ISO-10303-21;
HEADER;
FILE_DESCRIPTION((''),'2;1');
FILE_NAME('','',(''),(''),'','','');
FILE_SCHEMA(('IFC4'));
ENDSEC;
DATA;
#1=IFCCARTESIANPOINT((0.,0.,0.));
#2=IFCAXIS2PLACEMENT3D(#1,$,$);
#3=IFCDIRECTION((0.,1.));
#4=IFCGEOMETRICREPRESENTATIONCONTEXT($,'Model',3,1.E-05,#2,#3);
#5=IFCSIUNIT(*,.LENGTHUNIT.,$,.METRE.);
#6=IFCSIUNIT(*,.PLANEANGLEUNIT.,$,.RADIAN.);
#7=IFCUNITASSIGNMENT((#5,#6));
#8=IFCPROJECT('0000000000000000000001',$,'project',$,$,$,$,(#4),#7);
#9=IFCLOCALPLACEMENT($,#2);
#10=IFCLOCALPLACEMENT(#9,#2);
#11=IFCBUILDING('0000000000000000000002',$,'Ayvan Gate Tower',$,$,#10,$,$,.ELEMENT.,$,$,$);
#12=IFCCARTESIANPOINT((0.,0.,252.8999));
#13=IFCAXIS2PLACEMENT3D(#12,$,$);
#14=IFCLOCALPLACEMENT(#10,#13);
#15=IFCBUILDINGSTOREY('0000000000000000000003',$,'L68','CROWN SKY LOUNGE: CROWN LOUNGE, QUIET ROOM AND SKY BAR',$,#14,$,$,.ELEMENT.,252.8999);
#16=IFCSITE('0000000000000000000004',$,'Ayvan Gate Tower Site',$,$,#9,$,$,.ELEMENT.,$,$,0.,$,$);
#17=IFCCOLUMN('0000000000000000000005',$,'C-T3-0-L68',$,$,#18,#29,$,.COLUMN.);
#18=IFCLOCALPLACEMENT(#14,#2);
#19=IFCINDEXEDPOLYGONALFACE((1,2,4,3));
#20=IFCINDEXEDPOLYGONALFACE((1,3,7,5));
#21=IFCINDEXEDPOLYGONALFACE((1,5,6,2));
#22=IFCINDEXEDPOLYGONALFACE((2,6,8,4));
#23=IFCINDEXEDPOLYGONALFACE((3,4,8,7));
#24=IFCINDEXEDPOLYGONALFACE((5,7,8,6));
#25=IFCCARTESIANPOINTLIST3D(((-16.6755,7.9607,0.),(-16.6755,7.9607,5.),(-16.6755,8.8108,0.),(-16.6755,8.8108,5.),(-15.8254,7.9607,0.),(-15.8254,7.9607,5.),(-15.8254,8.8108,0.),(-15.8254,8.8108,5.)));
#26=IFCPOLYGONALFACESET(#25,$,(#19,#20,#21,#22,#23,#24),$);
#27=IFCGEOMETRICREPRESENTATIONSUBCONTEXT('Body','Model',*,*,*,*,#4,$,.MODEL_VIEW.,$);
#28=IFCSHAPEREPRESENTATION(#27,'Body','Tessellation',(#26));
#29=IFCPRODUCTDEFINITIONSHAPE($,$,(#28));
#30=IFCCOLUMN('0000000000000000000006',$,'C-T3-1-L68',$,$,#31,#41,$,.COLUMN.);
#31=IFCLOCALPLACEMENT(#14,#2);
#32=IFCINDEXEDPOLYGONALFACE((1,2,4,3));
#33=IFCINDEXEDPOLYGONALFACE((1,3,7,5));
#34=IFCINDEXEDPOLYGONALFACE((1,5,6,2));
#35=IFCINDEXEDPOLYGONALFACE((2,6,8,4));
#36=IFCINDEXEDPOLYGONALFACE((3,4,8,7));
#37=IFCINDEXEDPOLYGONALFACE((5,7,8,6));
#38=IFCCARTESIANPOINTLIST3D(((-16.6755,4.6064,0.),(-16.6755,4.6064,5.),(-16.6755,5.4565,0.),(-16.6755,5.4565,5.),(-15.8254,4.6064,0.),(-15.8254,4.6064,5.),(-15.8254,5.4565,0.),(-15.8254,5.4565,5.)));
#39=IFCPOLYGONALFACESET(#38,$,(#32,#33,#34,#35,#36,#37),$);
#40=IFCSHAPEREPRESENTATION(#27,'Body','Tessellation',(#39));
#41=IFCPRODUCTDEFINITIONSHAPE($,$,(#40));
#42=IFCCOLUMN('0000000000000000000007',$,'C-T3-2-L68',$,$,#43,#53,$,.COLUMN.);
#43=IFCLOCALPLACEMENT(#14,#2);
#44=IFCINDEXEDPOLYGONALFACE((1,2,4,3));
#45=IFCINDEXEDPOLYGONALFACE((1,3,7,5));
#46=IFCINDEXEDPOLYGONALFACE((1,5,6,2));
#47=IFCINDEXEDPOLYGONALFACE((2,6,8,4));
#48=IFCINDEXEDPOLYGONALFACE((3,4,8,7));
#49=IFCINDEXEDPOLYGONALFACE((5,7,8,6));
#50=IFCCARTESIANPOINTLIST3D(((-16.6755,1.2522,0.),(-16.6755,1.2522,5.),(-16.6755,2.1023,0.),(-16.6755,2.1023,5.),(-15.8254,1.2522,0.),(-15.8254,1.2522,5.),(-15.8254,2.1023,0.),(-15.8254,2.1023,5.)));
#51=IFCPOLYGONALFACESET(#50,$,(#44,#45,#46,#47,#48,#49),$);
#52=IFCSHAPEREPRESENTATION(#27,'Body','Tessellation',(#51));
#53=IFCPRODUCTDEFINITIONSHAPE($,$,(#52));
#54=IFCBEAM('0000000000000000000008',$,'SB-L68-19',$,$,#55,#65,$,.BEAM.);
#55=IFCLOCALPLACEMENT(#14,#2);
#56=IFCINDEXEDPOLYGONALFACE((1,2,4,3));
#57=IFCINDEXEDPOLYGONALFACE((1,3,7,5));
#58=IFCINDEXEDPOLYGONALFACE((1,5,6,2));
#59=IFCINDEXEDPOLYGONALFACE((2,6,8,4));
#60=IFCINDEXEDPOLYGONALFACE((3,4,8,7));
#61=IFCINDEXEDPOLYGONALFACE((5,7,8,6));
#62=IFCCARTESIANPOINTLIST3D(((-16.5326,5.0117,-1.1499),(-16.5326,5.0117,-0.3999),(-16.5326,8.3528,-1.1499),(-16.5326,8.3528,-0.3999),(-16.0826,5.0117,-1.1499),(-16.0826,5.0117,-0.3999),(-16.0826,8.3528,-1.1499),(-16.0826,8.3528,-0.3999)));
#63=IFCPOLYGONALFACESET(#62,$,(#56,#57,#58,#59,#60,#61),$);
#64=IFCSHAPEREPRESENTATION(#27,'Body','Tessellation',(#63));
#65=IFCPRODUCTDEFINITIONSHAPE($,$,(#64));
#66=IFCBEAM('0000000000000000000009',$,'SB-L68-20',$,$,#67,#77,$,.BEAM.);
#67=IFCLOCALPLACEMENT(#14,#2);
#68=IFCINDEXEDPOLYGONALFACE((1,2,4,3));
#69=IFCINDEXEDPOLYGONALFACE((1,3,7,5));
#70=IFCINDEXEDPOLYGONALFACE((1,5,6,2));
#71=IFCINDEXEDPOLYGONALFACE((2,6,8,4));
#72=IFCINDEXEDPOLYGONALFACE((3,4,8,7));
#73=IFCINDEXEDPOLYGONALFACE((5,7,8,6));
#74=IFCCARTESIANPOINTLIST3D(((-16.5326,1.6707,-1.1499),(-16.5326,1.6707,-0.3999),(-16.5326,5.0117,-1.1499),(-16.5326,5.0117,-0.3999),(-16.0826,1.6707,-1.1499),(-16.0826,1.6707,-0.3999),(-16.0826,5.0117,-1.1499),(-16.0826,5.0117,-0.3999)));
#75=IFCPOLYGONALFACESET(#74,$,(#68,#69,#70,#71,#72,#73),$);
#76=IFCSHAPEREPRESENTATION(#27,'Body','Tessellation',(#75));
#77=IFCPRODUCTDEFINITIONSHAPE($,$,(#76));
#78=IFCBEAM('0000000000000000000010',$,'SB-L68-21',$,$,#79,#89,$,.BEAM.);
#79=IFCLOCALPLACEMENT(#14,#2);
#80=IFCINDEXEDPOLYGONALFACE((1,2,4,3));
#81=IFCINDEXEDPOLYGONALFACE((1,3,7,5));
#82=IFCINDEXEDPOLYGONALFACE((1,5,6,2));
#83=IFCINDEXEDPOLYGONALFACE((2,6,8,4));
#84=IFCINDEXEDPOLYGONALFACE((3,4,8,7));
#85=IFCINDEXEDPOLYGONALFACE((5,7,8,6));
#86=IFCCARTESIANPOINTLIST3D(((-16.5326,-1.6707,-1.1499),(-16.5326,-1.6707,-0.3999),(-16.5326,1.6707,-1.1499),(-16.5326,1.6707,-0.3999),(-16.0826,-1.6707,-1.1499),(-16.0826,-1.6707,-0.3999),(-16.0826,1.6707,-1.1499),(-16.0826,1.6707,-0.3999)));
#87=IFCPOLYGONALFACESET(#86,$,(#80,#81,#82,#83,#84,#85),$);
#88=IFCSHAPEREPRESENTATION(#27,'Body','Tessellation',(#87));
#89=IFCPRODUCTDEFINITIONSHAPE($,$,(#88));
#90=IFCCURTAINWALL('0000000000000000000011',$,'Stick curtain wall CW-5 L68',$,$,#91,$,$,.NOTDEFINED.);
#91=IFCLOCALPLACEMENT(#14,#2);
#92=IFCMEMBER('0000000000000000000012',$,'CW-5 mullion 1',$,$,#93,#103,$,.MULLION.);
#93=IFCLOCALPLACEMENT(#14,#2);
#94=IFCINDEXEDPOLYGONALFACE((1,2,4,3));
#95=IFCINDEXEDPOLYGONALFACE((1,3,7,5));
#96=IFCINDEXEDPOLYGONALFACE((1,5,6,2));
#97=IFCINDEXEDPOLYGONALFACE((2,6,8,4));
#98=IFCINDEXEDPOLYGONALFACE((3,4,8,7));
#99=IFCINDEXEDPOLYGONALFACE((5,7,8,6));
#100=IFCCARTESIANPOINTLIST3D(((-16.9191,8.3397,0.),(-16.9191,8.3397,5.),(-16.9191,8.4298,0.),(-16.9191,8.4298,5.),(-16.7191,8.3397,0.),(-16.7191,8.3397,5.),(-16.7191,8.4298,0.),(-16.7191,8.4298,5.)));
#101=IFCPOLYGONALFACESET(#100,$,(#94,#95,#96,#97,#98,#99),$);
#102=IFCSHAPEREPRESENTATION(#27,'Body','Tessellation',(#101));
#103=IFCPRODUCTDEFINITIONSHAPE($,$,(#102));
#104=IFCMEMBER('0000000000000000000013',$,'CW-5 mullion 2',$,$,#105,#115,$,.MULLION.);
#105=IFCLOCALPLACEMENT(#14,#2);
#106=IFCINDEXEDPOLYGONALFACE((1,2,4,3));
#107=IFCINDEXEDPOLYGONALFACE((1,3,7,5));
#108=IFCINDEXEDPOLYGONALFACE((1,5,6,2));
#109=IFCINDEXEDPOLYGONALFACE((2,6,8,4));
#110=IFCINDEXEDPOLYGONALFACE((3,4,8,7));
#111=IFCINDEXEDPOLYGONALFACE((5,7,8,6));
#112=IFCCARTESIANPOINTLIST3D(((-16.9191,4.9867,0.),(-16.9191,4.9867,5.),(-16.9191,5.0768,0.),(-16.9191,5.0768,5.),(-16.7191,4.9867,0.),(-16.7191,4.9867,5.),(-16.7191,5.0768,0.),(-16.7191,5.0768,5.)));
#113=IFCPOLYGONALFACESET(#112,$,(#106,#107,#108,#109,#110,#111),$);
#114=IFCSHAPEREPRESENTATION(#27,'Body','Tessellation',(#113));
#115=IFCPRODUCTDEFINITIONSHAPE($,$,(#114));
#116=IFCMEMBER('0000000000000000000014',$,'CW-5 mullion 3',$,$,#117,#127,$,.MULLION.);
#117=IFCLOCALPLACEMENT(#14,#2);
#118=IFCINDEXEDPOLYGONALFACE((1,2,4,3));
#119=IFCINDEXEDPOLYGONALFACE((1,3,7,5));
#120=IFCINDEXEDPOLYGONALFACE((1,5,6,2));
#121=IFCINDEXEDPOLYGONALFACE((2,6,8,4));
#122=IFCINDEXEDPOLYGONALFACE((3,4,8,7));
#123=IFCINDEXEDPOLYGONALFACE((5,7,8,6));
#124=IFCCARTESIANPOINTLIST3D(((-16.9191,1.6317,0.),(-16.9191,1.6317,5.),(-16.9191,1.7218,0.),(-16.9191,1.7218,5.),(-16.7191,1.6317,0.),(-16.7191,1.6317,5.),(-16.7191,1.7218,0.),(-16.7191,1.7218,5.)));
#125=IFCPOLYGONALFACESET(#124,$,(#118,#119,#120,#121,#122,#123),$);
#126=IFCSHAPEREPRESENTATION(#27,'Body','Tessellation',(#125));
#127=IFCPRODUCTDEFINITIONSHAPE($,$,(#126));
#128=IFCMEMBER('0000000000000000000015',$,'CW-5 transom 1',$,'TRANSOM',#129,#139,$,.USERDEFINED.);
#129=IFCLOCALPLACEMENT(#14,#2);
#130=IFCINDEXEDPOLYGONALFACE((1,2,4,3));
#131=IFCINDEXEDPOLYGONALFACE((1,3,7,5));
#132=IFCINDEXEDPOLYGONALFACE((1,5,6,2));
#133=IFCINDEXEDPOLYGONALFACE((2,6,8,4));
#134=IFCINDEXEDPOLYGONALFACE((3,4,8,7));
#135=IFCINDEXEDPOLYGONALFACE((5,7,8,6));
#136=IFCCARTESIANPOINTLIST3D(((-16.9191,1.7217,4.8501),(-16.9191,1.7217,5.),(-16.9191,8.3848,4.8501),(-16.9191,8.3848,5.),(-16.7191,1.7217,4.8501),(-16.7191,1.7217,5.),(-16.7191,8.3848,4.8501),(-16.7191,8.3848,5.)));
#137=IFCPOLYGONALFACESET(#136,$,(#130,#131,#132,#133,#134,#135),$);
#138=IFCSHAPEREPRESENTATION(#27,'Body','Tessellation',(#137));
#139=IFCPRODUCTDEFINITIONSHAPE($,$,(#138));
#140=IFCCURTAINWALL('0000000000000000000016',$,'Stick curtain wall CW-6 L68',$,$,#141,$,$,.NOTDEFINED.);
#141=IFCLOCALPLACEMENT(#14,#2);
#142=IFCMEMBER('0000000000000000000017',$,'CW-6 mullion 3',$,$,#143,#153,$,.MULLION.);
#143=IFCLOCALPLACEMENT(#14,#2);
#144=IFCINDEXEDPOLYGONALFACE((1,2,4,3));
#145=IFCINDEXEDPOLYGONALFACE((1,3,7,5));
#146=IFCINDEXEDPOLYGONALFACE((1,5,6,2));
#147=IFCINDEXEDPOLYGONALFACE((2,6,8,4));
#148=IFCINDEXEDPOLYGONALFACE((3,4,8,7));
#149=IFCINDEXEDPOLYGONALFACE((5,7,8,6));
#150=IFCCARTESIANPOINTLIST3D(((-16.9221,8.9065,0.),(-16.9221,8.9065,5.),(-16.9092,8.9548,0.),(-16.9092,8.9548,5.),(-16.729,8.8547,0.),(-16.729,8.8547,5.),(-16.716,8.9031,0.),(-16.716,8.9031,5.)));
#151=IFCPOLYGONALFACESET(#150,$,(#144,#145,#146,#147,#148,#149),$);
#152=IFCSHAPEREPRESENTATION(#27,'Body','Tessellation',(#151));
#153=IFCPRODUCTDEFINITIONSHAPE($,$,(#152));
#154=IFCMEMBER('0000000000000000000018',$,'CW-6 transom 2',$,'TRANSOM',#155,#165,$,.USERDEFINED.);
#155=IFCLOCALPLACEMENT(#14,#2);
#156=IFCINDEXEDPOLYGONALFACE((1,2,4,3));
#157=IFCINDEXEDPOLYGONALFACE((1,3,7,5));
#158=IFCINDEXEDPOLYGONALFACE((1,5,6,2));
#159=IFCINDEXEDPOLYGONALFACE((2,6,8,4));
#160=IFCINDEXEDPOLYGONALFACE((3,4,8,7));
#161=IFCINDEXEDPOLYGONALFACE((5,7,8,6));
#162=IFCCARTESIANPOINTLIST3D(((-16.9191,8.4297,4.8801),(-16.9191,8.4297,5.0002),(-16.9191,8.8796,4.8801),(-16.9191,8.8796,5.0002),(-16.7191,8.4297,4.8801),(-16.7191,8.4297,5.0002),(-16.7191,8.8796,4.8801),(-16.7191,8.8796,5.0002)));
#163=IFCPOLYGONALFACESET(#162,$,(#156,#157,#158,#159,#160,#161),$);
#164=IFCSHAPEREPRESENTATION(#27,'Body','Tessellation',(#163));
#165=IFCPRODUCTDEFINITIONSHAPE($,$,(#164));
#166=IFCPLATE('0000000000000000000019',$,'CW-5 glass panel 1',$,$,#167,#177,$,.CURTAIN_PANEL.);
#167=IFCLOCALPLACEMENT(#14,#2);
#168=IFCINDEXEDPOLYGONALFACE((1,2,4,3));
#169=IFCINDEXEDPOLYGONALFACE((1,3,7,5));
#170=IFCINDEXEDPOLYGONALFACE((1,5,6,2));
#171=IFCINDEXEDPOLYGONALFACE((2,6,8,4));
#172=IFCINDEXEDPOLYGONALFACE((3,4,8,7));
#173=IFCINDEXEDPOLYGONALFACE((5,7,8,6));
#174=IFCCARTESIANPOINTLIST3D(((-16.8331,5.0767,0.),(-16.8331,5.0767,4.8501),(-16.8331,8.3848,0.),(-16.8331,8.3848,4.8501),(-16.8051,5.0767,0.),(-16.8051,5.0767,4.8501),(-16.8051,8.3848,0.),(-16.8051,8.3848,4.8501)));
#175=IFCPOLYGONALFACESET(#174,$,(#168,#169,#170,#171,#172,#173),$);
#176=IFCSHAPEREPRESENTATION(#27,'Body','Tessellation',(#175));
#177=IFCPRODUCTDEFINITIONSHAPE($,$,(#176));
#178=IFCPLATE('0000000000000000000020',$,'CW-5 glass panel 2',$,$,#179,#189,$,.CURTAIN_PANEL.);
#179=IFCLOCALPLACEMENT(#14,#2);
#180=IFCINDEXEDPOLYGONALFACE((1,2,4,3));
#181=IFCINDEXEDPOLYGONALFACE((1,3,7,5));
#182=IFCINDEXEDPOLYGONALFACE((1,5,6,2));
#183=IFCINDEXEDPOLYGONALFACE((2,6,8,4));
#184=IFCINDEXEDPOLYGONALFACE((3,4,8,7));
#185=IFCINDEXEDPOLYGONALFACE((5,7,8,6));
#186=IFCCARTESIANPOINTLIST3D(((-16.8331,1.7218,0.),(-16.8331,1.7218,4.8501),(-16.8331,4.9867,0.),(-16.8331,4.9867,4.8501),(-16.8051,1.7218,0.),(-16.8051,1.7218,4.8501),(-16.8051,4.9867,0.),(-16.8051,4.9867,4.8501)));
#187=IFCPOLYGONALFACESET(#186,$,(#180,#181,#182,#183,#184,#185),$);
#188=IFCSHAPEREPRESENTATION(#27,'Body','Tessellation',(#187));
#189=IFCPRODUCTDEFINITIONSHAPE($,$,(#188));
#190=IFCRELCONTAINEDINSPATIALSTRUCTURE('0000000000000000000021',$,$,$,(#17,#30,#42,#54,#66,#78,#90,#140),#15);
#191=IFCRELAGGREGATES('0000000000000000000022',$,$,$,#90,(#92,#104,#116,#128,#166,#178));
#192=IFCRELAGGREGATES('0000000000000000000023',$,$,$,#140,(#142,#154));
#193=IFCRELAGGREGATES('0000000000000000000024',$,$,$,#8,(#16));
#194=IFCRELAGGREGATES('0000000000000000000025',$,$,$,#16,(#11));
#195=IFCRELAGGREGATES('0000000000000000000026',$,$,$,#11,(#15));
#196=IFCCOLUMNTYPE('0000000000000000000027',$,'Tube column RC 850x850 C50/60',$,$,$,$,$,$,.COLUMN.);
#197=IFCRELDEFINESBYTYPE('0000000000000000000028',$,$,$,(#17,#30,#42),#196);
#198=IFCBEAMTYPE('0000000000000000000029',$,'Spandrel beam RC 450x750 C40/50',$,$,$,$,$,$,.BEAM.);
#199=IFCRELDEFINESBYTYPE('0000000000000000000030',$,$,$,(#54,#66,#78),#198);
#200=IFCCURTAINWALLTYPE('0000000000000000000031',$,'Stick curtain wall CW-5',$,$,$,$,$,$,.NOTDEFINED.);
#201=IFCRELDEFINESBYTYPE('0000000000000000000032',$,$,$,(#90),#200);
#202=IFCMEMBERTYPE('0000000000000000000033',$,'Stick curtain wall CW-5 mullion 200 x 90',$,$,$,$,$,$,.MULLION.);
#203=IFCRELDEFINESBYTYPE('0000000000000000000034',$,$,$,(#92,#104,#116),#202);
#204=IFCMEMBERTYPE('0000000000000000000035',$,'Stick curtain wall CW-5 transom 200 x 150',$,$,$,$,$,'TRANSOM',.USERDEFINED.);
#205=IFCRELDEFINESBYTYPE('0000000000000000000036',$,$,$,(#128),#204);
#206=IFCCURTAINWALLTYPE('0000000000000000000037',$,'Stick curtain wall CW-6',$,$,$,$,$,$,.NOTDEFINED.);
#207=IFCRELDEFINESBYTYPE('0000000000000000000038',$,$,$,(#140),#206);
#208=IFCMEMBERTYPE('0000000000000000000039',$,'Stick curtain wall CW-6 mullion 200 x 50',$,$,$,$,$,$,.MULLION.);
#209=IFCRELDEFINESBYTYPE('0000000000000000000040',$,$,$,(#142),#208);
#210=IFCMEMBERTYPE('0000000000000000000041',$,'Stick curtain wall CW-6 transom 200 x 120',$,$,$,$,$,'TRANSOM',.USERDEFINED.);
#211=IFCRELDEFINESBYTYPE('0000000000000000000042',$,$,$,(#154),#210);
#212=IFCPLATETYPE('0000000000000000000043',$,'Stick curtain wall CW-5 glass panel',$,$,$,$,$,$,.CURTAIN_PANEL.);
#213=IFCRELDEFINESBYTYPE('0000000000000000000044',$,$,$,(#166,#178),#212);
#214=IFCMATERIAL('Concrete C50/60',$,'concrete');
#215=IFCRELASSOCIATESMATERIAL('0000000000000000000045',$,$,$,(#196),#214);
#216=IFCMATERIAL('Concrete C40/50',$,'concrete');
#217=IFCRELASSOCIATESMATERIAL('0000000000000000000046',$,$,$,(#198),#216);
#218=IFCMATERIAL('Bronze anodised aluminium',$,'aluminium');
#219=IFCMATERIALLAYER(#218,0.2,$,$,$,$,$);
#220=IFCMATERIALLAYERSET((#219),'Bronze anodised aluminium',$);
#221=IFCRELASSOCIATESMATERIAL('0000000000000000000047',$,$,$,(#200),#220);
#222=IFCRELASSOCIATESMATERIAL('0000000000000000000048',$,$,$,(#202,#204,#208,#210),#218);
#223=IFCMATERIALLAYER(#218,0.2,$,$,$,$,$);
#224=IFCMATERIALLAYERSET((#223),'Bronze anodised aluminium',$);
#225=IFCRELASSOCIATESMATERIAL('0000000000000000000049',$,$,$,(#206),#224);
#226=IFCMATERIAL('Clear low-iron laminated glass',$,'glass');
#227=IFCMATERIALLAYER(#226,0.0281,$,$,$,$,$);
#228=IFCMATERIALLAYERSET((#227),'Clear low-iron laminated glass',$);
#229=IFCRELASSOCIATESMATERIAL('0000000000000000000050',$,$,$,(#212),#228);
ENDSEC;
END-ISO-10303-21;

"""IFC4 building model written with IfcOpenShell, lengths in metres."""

from ifc_helpers import new_model, si_unit, direction, frame, origin, origin_2d, place, context, subcontext, project, spatial, rectangle, extrude, material, layer, layer_set, material_profile, profile_set, type_object, element, aggregate, save


model = new_model("IFC4")

# Units and contexts
model_context = context("Model", 3, precision=1e-05, world=origin(), true_north=direction((0.0, 1.0)))
body_context = subcontext(model_context, "Body", "Model", "MODEL_VIEW")
ifc_project = project(units=[si_unit("LENGTHUNIT", "METRE"), si_unit("PLANEANGLEUNIT", "RADIAN")], contexts=[model_context])

# Site, building, storey
site_placement = place(None, origin())
site = spatial("IfcSite", under=ifc_project, at=site_placement, Name="Ayvan Gate Tower Site", CompositionType="ELEMENT", RefElevation=0.0)
building_placement = place(site_placement, origin())
building = spatial("IfcBuilding", under=site, at=building_placement, Name="Ayvan Gate Tower", CompositionType="ELEMENT")
storey_placement = place(building_placement, frame((0.0, 0.0, 252.8999)))
storey = spatial("IfcBuildingStorey", under=building, at=storey_placement, Name="L68", Description="CROWN SKY LOUNGE: CROWN LOUNGE, QUIET ROOM AND SKY BAR", CompositionType="ELEMENT", Elevation=252.8999)

# Columns
ifc_material_1 = material(Name="Concrete C50/60", Category="concrete")
ifc_material_profile_1 = material_profile(ifc_material_1, rectangle(XDim=0.8501, YDim=0.8501, at=origin_2d()), Name="RC 850x850")
ifc_profile_set_1 = profile_set([ifc_material_profile_1], Name="Concrete C50/60")
column_type = type_object("IfcColumnType", Name="Tube column RC 850x850 C50/60", PredefinedType="COLUMN", material=ifc_profile_set_1)
for number, where, z_axis, x_axis, name in (
    (1, (-16.2505, 8.3857, 0.0), (0.0, 0.0, 1.0), (-1.0, 0.0, 0.0), "C-T3-0-L68"),
    (2, (-16.2505, 5.0315, 0.0), (0.0, 0.0, 1.0), (-1.0, 0.0, 0.0), "C-T3-1-L68"),
    (3, (-16.2505, 1.6772, 0.0), (0.0, 0.0, 1.0), (-1.0, 0.0, 0.0), "C-T3-2-L68"),
):
    element("IfcColumn", number, at=place(storey_placement, frame(where, z_axis=z_axis, x_axis=x_axis)), inside=storey, type_object=column_type, Name=name, PredefinedType="COLUMN", context=body_context, shape_type="SweptSolid", body=[
        extrude(rectangle(XDim=0.8501, YDim=0.8501, at=origin_2d()), origin(), (0.0, 0.0, 1.0), 5.0),
    ])

# Beams
ifc_material_2 = material(Name="Concrete C40/50", Category="concrete")
ifc_material_profile_2 = material_profile(ifc_material_2, rectangle(XDim=0.45, YDim=0.75, at=origin_2d()), Name="RC 450x750")
ifc_profile_set_2 = profile_set([ifc_material_profile_2], Name="Concrete C40/50")
beam_type = type_object("IfcBeamType", Name="Spandrel beam RC 450x750 C40/50", PredefinedType="BEAM", material=ifc_profile_set_2)
for number, where, z_axis, x_axis, name in (
    (4, (-16.3076, 8.3528, -0.7749), (0.0, -1.0, 0.0), (1.0, 0.0, 0.0), "SB-L68-19"),
    (5, (-16.3076, 5.0117, -0.7749), (0.0, -1.0, 0.0), (1.0, 0.0, 0.0), "SB-L68-20"),
):
    element("IfcBeam", number, at=place(storey_placement, frame(where, z_axis=z_axis, x_axis=x_axis)), inside=storey, type_object=beam_type, Name=name, PredefinedType="BEAM", context=body_context, shape_type="SweptSolid", body=[
        extrude(rectangle(XDim=0.45, YDim=0.75, at=origin_2d()), origin(), (0.0, 0.0, 1.0), 3.3411),
    ])
beam_placement = place(storey_placement, frame((-16.3076, 1.6707, -0.7749), z_axis=(0.0, -1.0, 0.0), x_axis=(1.0, 0.0, 0.0)))
element("IfcBeam", 6, at=beam_placement, inside=storey, type_object=beam_type, Name="SB-L68-21", PredefinedType="BEAM", context=body_context, shape_type="SweptSolid", body=[
    extrude(rectangle(XDim=0.45, YDim=0.75, at=origin_2d()), origin(), (0.0, 0.0, 1.0), 3.3413),
])

# Curtain walls, members
ifc_material_3 = material(Name="Bronze anodised aluminium", Category="aluminium")
ifc_layer_1 = layer(ifc_material_3, 0.2)
ifc_layer_set_1 = layer_set([ifc_layer_1], Name="Bronze anodised aluminium")
curtain_wall_type_1 = type_object("IfcCurtainWallType", Name="Stick curtain wall CW-5", PredefinedType="NOTDEFINED", material=ifc_layer_set_1)
curtain_wall_1_placement = place(storey_placement, origin())
curtain_wall_1 = element("IfcCurtainWall", 7, at=curtain_wall_1_placement, inside=storey, type_object=curtain_wall_type_1, Name="Stick curtain wall CW-5 L68", PredefinedType="NOTDEFINED")
ifc_material_profile_3 = material_profile(ifc_material_3, rectangle(XDim=0.2, YDim=0.0901, at=origin_2d()), Name="Stick curtain wall CW-5 mullion 200 x 90")
ifc_profile_set_3 = profile_set([ifc_material_profile_3], Name="Bronze anodised aluminium")
member_type_1 = type_object("IfcMemberType", Name="Stick curtain wall CW-5 mullion 200 x 90", PredefinedType="MULLION", material=ifc_profile_set_3)
member_1_placement = place(storey_placement, frame((-16.8191, 8.3848, 0.0), z_axis=(0.0, 0.0, 1.0), x_axis=(-1.0, 0.0, 0.0)))
member_1 = element("IfcMember", 8, at=member_1_placement, type_object=member_type_1, Name="CW-5 mullion 1", PredefinedType="MULLION", context=body_context, shape_type="SweptSolid", body=[
    extrude(rectangle(XDim=0.2, YDim=0.0901, at=origin_2d()), origin(), (0.0, 0.0, 1.0), 5.0),
])
member_2_placement = place(storey_placement, frame((-16.8191, 5.0317, 0.0), z_axis=(0.0, 0.0, 1.0), x_axis=(-1.0, 0.0, 0.0)))
member_2 = element("IfcMember", 9, at=member_2_placement, type_object=member_type_1, Name="CW-5 mullion 2", PredefinedType="MULLION", context=body_context, shape_type="SweptSolid", body=[
    extrude(rectangle(XDim=0.2, YDim=0.0901, at=origin_2d()), origin(), (0.0, 0.0, 1.0), 5.0),
])
member_3_placement = place(storey_placement, frame((-16.8191, 1.6768, 0.0), z_axis=(0.0, 0.0, 1.0), x_axis=(-1.0, 0.0, 0.0)))
member_3 = element("IfcMember", 10, at=member_3_placement, type_object=member_type_1, Name="CW-5 mullion 3", PredefinedType="MULLION", context=body_context, shape_type="SweptSolid", body=[
    extrude(rectangle(XDim=0.2, YDim=0.0901, at=origin_2d()), origin(), (0.0, 0.0, 1.0), 5.0),
])
ifc_material_profile_4 = material_profile(ifc_material_3, rectangle(XDim=0.2, YDim=0.1499, at=origin_2d()), Name="Stick curtain wall CW-5 transom 200 x 150")
ifc_profile_set_4 = profile_set([ifc_material_profile_4], Name="Bronze anodised aluminium")
member_type_2 = type_object("IfcMemberType", Name="Stick curtain wall CW-5 transom 200 x 150", ElementType="TRANSOM", PredefinedType="USERDEFINED", material=ifc_profile_set_4)
member_4_placement = place(storey_placement, frame((-16.8191, 8.3848, 4.925), z_axis=(0.0, -1.0, 0.0), x_axis=(1.0, 0.0, 0.0)))
member_4 = element("IfcMember", 11, at=member_4_placement, type_object=member_type_2, Name="CW-5 transom 1", ObjectType="TRANSOM", PredefinedType="USERDEFINED", context=body_context, shape_type="SweptSolid", body=[
    extrude(rectangle(XDim=0.2, YDim=0.1499, at=origin_2d()), origin(), (0.0, 0.0, 1.0), 6.6631),
])
ifc_layer_2 = layer(ifc_material_3, 0.2)
ifc_layer_set_2 = layer_set([ifc_layer_2], Name="Bronze anodised aluminium")
curtain_wall_type_2 = type_object("IfcCurtainWallType", Name="Stick curtain wall CW-6", PredefinedType="NOTDEFINED", material=ifc_layer_set_2)
curtain_wall_2_placement = place(storey_placement, origin())
curtain_wall_2 = element("IfcCurtainWall", 12, at=curtain_wall_2_placement, inside=storey, type_object=curtain_wall_type_2, Name="Stick curtain wall CW-6 L68", PredefinedType="NOTDEFINED")
ifc_material_profile_5 = material_profile(ifc_material_3, rectangle(XDim=0.2, YDim=0.05, at=origin_2d()), Name="Stick curtain wall CW-6 mullion 200 x 50")
ifc_profile_set_5 = profile_set([ifc_material_profile_5], Name="Bronze anodised aluminium")
member_type_3 = type_object("IfcMemberType", Name="Stick curtain wall CW-6 mullion 200 x 50", PredefinedType="MULLION", material=ifc_profile_set_5)
member_5_placement = place(storey_placement, frame((-16.8191, 8.9048, 0.0), z_axis=(0.0, 0.0, 1.0), x_axis=(-0.965926, 0.258819, 0.0)))
member_5 = element("IfcMember", 13, at=member_5_placement, type_object=member_type_3, Name="CW-6 mullion 3", PredefinedType="MULLION", context=body_context, shape_type="SweptSolid", body=[
    extrude(rectangle(XDim=0.2, YDim=0.05, at=origin_2d()), origin(), (0.0, 0.0, 1.0), 5.0),
])
ifc_material_profile_6 = material_profile(ifc_material_3, rectangle(XDim=0.2, YDim=0.1201, at=origin_2d()), Name="Stick curtain wall CW-6 transom 200 x 120")
ifc_profile_set_6 = profile_set([ifc_material_profile_6], Name="Bronze anodised aluminium")
member_type_4 = type_object("IfcMemberType", Name="Stick curtain wall CW-6 transom 200 x 120", ElementType="TRANSOM", PredefinedType="USERDEFINED", material=ifc_profile_set_6)
member_6_placement = place(storey_placement, frame((-16.8191, 8.8796, 4.9402), z_axis=(0.0, -1.0, 0.0), x_axis=(1.0, 0.0, 0.0)))
member_6 = element("IfcMember", 14, at=member_6_placement, type_object=member_type_4, Name="CW-6 transom 2", ObjectType="TRANSOM", PredefinedType="USERDEFINED", context=body_context, shape_type="SweptSolid", body=[
    extrude(rectangle(XDim=0.2, YDim=0.1201, at=origin_2d()), origin(), (0.0, 0.0, 1.0), 0.45),
])

# Plates
ifc_material_4 = material(Name="Clear low-iron laminated glass", Category="glass")
ifc_layer_3 = layer(ifc_material_4, 0.0281)
ifc_layer_set_3 = layer_set([ifc_layer_3], Name="Clear low-iron laminated glass")
plate_type_1 = type_object("IfcPlateType", Name="Stick curtain wall CW-5 glass panel", PredefinedType="CURTAIN_PANEL", material=ifc_layer_set_3)
plate_1_placement = place(storey_placement, frame((-16.8191, 6.7307, 0.0), z_axis=(0.0, 0.0, 1.0), x_axis=(0.0, -1.0, 0.0)))
plate_1 = element("IfcPlate", 15, at=plate_1_placement, type_object=plate_type_1, Name="CW-5 glass panel 1", PredefinedType="CURTAIN_PANEL", context=body_context, shape_type="SweptSolid", body=[
    extrude(rectangle(XDim=3.3081, YDim=0.0281, at=origin_2d()), origin(), (0.0, 0.0, 1.0), 4.8501),
])
plate_2_placement = place(storey_placement, frame((-16.8191, 3.3542, 0.0), z_axis=(0.0, 0.0, 1.0), x_axis=(0.0, -1.0, 0.0)))
plate_2 = element("IfcPlate", 16, at=plate_2_placement, type_object=plate_type_1, Name="CW-5 glass panel 2", PredefinedType="CURTAIN_PANEL", context=body_context, shape_type="SweptSolid", body=[
    extrude(rectangle(XDim=3.2649, YDim=0.0281, at=origin_2d()), origin(), (0.0, 0.0, 1.0), 4.8501),
])
aggregate(curtain_wall_1, [member_1, member_2, member_3, member_4, plate_1, plate_2])
aggregate(curtain_wall_2, [member_5, member_6])

save(model, "model.ifc")
